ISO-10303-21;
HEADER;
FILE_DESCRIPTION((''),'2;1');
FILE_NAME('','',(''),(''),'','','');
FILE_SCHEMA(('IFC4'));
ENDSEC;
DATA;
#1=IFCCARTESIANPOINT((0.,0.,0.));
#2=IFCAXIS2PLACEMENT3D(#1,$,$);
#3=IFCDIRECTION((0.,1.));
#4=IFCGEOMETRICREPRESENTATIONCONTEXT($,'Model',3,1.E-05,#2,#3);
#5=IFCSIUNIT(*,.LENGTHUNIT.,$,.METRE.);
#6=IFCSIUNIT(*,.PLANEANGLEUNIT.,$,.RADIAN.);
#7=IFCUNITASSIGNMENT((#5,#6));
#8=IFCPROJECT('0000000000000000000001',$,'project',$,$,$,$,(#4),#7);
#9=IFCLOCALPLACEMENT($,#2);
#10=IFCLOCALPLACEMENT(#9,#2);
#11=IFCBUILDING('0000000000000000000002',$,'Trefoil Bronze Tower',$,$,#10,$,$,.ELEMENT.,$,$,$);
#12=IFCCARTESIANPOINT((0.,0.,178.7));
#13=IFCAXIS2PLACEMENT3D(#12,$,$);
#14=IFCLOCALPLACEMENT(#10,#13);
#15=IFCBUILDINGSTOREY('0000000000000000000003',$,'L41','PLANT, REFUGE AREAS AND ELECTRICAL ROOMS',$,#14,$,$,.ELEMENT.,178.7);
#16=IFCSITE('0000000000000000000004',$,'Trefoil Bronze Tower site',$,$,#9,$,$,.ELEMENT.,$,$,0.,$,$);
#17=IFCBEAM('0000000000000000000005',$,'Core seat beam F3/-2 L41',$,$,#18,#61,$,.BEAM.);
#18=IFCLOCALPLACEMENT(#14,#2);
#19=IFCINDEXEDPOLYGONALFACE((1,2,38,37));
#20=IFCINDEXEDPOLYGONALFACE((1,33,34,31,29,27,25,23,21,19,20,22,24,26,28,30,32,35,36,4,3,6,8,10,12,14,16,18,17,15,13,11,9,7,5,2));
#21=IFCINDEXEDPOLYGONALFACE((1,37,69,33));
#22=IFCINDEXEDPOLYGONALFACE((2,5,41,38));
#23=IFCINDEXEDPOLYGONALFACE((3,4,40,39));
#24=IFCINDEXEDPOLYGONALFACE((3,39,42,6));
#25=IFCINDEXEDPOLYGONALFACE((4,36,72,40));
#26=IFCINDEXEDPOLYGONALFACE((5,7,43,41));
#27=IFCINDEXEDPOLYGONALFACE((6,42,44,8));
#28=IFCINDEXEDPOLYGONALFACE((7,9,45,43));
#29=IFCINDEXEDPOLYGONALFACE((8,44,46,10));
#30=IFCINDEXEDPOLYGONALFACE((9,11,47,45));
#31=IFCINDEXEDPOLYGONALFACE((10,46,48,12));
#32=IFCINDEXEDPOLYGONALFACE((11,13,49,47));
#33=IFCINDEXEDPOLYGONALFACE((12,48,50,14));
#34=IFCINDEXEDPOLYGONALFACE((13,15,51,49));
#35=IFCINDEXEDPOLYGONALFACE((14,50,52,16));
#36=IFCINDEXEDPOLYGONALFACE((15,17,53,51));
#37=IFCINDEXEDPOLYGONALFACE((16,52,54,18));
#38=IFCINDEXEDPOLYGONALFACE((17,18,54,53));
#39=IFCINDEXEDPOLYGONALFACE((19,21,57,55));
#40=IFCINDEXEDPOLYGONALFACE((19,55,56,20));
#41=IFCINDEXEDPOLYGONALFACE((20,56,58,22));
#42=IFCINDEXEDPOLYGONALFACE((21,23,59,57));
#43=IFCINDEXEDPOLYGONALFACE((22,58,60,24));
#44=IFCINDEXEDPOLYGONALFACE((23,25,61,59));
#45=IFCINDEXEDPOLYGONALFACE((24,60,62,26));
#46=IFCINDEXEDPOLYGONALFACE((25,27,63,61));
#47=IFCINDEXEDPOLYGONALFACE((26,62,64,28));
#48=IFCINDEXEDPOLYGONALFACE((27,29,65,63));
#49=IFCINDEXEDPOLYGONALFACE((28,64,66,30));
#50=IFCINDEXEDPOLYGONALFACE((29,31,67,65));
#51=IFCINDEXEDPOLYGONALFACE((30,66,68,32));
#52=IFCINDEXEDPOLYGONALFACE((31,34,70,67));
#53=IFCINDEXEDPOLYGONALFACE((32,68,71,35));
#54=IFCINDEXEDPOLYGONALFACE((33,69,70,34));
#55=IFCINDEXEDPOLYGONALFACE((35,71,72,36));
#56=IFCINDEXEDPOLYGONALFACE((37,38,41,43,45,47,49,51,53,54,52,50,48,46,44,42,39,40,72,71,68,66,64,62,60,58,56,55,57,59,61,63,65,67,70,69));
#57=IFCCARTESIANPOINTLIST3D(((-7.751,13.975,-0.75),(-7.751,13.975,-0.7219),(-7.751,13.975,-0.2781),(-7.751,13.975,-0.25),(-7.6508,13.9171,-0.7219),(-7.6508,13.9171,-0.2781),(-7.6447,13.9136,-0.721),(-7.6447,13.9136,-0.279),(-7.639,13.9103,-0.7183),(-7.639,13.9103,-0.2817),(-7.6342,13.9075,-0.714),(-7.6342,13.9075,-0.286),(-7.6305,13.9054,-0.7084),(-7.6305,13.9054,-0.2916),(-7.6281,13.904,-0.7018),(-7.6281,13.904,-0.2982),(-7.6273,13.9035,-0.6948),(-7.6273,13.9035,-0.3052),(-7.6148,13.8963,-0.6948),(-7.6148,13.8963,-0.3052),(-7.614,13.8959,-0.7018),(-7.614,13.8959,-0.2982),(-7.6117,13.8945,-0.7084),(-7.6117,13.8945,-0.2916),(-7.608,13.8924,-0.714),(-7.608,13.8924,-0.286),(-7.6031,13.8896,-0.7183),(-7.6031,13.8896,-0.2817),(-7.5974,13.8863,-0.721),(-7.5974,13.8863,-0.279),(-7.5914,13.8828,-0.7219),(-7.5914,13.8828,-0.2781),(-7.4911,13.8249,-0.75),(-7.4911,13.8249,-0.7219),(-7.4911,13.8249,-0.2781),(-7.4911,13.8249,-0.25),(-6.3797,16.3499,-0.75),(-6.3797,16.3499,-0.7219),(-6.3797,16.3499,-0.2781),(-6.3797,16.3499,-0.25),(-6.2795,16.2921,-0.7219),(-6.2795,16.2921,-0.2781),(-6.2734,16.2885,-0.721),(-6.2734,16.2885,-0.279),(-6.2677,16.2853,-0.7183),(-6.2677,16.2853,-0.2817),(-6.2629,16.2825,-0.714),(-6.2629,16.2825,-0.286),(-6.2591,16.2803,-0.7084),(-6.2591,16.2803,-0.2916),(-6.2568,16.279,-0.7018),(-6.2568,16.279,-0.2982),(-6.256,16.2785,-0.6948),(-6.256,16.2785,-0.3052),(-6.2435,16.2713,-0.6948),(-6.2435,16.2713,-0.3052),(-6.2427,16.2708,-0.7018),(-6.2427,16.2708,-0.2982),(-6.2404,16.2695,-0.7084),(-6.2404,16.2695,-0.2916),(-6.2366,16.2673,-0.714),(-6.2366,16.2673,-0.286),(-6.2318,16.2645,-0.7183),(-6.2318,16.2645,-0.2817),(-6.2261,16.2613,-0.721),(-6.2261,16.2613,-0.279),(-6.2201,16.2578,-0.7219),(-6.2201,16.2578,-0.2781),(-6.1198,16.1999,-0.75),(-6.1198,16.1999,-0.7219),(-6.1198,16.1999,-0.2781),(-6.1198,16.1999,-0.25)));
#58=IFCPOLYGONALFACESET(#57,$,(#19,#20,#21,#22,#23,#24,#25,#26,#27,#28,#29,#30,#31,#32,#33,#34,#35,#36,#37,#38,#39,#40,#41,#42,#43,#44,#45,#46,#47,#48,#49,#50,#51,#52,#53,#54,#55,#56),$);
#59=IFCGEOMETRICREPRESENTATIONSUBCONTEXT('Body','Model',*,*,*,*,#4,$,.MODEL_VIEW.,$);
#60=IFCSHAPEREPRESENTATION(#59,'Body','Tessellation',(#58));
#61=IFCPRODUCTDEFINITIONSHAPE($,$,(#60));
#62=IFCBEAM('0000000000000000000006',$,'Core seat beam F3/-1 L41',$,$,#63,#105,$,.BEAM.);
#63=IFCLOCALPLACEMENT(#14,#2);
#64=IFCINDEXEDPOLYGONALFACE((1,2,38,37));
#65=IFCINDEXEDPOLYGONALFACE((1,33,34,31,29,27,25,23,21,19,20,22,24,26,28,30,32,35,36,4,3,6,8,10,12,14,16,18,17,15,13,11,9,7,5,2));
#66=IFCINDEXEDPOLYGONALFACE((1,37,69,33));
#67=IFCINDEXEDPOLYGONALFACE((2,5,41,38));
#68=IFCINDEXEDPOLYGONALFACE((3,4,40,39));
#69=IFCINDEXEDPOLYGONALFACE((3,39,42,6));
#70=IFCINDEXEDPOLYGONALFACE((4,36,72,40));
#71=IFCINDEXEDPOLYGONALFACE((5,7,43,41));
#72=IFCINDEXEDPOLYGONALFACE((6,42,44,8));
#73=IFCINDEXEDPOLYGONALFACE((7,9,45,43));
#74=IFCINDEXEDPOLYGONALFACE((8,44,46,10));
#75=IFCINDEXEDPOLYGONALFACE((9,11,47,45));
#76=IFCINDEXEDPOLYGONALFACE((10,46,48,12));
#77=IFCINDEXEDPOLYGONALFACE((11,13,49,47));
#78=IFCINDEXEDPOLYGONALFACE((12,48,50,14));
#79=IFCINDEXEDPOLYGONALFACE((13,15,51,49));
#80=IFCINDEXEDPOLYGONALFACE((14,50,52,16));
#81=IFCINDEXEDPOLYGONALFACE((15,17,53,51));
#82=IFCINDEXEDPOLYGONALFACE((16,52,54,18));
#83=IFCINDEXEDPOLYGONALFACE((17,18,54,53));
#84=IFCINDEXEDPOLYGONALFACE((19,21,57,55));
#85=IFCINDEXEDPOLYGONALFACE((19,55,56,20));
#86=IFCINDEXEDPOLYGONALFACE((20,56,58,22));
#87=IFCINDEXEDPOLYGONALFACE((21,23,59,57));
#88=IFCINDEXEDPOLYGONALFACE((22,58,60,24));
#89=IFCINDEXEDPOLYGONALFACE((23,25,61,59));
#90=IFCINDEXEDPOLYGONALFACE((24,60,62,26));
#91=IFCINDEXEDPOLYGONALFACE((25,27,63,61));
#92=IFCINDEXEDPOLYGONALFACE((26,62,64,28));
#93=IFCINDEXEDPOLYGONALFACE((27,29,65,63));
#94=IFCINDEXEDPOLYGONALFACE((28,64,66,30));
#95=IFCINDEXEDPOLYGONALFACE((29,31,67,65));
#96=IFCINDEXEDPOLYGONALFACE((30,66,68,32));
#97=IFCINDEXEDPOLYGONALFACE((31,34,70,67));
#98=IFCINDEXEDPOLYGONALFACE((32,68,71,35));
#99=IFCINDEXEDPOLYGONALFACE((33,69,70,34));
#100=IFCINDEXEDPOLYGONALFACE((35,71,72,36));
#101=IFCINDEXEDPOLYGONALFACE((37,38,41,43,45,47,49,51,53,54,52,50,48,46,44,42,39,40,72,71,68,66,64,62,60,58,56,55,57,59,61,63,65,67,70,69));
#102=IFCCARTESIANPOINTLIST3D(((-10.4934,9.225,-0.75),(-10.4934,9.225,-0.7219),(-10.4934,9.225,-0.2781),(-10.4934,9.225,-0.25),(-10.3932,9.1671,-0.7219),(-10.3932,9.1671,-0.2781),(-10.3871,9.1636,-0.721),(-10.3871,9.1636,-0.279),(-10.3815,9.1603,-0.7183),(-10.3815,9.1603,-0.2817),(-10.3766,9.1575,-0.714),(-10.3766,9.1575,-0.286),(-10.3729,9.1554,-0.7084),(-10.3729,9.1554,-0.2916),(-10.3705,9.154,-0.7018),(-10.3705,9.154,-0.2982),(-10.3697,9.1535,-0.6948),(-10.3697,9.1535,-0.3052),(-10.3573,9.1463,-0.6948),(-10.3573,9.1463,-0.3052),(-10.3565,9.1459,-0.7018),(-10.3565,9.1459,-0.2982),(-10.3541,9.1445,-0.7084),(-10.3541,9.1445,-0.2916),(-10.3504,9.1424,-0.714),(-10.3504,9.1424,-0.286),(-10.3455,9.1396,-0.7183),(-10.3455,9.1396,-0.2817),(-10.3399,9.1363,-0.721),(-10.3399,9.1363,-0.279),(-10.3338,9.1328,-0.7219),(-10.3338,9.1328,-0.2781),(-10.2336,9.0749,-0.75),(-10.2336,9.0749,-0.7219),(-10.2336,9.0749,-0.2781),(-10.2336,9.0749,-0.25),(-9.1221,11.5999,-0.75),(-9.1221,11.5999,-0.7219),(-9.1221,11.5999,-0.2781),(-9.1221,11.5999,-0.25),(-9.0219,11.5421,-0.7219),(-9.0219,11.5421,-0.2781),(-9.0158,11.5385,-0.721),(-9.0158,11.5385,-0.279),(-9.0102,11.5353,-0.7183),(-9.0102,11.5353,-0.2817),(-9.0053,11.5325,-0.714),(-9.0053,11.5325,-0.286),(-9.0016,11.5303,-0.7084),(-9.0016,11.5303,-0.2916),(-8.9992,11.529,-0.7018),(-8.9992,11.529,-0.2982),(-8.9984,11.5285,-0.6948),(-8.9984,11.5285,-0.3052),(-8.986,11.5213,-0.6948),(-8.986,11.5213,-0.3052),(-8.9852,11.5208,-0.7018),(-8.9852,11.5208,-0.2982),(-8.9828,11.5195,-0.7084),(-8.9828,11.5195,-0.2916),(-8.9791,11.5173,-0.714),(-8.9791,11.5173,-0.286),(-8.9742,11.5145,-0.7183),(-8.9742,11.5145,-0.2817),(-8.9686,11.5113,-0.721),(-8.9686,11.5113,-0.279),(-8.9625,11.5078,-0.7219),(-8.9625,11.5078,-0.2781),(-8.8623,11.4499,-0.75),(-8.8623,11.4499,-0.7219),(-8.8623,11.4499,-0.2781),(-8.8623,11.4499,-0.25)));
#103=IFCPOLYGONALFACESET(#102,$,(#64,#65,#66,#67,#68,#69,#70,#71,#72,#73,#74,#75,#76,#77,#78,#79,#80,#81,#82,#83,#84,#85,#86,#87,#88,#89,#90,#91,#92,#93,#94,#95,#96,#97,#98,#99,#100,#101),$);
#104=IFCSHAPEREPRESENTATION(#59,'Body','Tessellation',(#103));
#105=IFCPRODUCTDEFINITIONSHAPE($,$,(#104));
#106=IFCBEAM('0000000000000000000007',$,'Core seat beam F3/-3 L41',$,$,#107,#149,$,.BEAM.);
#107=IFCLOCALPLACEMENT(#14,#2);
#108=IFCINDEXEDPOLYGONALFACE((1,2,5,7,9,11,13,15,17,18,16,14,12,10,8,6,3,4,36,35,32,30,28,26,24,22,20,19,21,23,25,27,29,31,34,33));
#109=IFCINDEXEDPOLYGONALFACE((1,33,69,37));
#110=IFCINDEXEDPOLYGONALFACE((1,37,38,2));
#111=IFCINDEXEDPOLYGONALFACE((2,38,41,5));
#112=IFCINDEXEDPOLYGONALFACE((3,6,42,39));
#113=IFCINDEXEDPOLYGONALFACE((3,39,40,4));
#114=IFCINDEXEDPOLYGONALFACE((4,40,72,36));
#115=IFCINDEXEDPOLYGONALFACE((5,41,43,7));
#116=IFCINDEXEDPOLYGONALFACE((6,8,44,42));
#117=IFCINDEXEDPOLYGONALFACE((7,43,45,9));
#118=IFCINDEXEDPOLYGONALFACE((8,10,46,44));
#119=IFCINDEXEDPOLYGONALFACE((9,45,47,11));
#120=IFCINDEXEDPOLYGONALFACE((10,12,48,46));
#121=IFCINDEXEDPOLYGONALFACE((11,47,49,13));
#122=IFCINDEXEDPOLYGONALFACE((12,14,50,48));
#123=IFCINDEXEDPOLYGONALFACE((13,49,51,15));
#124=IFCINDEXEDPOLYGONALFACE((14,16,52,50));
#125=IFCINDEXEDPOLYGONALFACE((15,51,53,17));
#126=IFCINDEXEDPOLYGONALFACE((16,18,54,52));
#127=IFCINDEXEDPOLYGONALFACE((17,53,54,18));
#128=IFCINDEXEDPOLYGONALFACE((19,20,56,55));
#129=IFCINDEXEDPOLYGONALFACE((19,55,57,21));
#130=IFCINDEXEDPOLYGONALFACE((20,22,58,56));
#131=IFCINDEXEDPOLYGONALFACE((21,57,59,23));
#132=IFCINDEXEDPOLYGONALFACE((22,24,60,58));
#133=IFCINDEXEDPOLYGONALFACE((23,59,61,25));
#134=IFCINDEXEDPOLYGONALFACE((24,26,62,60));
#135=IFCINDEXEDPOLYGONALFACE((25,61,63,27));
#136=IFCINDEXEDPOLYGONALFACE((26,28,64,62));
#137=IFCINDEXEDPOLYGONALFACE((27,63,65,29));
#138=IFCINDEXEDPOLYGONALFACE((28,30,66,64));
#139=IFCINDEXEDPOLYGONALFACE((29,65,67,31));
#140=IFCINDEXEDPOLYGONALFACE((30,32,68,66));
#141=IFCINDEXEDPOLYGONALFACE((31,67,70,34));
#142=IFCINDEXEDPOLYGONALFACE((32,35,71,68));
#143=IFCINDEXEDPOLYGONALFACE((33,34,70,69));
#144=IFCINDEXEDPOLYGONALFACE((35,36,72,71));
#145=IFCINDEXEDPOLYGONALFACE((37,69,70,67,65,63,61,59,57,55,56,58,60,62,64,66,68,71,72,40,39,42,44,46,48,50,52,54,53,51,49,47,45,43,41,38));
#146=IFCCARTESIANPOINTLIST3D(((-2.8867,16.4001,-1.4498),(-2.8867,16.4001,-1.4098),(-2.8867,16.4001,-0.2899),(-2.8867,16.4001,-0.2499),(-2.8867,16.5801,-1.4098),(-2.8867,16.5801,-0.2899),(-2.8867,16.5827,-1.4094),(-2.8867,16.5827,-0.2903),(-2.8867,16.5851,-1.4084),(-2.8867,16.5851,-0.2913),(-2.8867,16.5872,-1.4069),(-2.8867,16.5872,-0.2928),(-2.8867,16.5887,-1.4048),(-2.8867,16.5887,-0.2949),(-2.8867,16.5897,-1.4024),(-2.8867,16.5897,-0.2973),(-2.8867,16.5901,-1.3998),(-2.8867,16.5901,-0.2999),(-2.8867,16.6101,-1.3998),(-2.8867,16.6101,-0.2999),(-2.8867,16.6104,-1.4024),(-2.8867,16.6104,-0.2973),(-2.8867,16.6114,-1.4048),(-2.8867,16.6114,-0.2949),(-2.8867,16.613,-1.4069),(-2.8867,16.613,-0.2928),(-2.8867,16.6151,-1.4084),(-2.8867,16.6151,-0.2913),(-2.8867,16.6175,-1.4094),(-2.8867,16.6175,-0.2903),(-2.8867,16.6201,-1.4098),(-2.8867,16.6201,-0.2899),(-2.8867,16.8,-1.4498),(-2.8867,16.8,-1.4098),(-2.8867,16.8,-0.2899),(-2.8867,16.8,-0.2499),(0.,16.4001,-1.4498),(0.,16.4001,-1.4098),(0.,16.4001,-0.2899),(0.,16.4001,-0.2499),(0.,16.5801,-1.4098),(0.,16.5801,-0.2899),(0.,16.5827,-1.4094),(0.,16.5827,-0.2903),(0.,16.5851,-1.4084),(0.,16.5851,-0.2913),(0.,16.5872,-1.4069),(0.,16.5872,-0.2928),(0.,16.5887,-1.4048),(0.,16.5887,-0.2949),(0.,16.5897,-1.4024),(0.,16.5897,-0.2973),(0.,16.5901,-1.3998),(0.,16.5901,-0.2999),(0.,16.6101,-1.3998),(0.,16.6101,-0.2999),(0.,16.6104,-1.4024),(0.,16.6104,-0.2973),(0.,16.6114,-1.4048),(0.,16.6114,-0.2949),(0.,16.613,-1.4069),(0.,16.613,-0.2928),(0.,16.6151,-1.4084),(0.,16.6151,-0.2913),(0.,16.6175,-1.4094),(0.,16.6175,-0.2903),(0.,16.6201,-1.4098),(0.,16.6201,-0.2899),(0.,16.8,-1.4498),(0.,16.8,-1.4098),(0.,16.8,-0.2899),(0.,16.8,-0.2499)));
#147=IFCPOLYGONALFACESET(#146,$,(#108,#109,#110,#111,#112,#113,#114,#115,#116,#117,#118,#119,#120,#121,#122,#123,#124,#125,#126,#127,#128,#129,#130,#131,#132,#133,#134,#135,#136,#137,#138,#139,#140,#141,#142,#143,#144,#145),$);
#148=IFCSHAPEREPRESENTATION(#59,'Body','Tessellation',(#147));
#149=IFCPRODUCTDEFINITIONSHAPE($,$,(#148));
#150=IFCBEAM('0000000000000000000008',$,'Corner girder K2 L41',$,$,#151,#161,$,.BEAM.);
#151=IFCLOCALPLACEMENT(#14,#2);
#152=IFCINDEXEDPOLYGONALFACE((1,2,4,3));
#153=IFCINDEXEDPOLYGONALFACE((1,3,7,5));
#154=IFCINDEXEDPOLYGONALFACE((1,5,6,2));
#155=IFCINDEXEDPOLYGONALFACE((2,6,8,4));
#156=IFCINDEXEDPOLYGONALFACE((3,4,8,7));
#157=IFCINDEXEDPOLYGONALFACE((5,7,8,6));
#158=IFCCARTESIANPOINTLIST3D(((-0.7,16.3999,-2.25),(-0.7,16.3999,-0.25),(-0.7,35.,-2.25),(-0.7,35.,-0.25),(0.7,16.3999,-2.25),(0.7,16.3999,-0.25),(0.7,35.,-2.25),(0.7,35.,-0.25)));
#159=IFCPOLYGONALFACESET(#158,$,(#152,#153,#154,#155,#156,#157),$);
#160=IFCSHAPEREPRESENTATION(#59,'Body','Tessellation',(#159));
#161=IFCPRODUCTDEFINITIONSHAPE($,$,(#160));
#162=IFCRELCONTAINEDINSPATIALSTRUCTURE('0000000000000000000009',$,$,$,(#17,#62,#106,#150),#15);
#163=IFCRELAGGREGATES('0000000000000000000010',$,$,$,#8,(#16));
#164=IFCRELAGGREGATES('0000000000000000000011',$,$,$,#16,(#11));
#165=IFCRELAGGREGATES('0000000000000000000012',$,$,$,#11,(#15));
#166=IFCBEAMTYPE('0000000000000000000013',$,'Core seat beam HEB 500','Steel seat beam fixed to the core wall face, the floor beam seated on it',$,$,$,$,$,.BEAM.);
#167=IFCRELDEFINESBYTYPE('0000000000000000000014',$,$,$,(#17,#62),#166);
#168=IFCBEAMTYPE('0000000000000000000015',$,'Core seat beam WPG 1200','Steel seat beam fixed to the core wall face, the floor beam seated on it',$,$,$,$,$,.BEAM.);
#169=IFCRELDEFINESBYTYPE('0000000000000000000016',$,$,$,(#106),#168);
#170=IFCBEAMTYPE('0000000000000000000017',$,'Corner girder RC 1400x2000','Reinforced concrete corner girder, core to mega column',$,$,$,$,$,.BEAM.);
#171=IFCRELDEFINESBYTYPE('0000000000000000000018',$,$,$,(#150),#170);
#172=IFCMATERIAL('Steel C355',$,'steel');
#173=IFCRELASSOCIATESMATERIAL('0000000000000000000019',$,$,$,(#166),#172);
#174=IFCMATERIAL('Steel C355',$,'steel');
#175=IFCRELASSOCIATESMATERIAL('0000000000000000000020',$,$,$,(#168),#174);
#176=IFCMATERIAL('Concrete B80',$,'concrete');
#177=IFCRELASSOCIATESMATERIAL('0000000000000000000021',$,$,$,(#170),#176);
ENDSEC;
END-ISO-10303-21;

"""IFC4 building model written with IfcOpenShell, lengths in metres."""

from ifc_helpers import new_model, si_unit, direction, frame, origin, origin_2d, place, context, subcontext, project, spatial, rectangle, i_section, extrude, material, material_profile, profile_set, type_object, element, save


model = new_model("IFC4")

# Units and contexts
model_context = context("Model", 3, precision=1e-05, world=origin(), true_north=direction((0.0, 1.0)))
body_context = subcontext(model_context, "Body", "Model", "MODEL_VIEW")
ifc_project = project(units=[si_unit("LENGTHUNIT", "METRE"), si_unit("PLANEANGLEUNIT", "RADIAN")], contexts=[model_context])

# Site, building, storey
site_placement = place(None, origin())
site = spatial("IfcSite", under=ifc_project, at=site_placement, Name="Trefoil Bronze Tower site", CompositionType="ELEMENT", RefElevation=0.0)
building_placement = place(site_placement, origin())
building = spatial("IfcBuilding", under=site, at=building_placement, Name="Trefoil Bronze Tower", CompositionType="ELEMENT")
storey_placement = place(building_placement, frame((0.0, 0.0, 178.7)))
storey = spatial("IfcBuildingStorey", under=building, at=storey_placement, Name="L41", Description="PLANT, REFUGE AREAS AND ELECTRICAL ROOMS", CompositionType="ELEMENT", Elevation=178.7)

# Beams
ifc_material_1 = material(Name="Steel C355", Category="steel")
ifc_material_profile_1 = material_profile(ifc_material_1, i_section(OverallWidth=0.3, OverallDepth=0.5, WebThickness=0.0144, FlangeThickness=0.0281, FilletRadius=0.0271, at=origin_2d()), Name="HEB 500")
ifc_profile_set_1 = profile_set([ifc_material_profile_1], Name="Steel C355")
beam_type_1 = type_object("IfcBeamType", Name="Core seat beam HEB 500", Description="Steel seat beam fixed to the core wall face, the floor beam seated on it", PredefinedType="BEAM", material=ifc_profile_set_1)
for number, where, z_axis, x_axis, name in (
    (1, (-6.2498, 16.2749, -0.5), (-0.500036, -0.866005, 0.0), (0.866005, -0.500036, 0.0), "Core seat beam F3/-2 L41"),
    (2, (-8.9922, 11.5249, -0.5), (-0.500036, -0.866005, 0.0), (0.866005, -0.500036, 0.0), "Core seat beam F3/-1 L41"),
):
    element("IfcBeam", number, at=place(storey_placement, frame(where, z_axis=z_axis, x_axis=x_axis)), inside=storey, type_object=beam_type_1, Name=name, PredefinedType="BEAM", context=body_context, shape_type="SweptSolid", body=[
        extrude(i_section(OverallWidth=0.3, OverallDepth=0.5, WebThickness=0.0144, FlangeThickness=0.0281, FilletRadius=0.0271, at=origin_2d()), origin(), (0.0, 0.0, 1.0), 2.7424),
    ])
ifc_material_2 = material(Name="Steel C355", Category="steel")
ifc_material_profile_2 = material_profile(ifc_material_2, i_section(OverallWidth=0.3999, OverallDepth=1.2, WebThickness=0.02, FlangeThickness=0.04, FilletRadius=0.01, at=origin_2d()), Name="WPG 1200")
ifc_profile_set_2 = profile_set([ifc_material_profile_2], Name="Steel C355")
beam_type_2 = type_object("IfcBeamType", Name="Core seat beam WPG 1200", Description="Steel seat beam fixed to the core wall face, the floor beam seated on it", PredefinedType="BEAM", material=ifc_profile_set_2)
beam_1_placement = place(storey_placement, frame((0.0, 16.6001, -0.8499), z_axis=(-1.0, 0.0, 0.0), x_axis=(0.0, -1.0, 0.0)))
element("IfcBeam", 3, at=beam_1_placement, inside=storey, type_object=beam_type_2, Name="Core seat beam F3/-3 L41", PredefinedType="BEAM", context=body_context, shape_type="SweptSolid", body=[
    extrude(i_section(OverallWidth=0.3999, OverallDepth=1.2, WebThickness=0.02, FlangeThickness=0.04, FilletRadius=0.01, at=origin_2d()), origin(), (0.0, 0.0, 1.0), 2.8867),
])
ifc_material_3 = material(Name="Concrete B80", Category="concrete")
ifc_material_profile_3 = material_profile(ifc_material_3, rectangle(XDim=1.3999, YDim=2.0, at=origin_2d()), Name="RC 1400x2000")
ifc_profile_set_3 = profile_set([ifc_material_profile_3], Name="Concrete B80")
beam_type_3 = type_object("IfcBeamType", Name="Corner girder RC 1400x2000", Description="Reinforced concrete corner girder, core to mega column", PredefinedType="BEAM", material=ifc_profile_set_3)
beam_2_placement = place(storey_placement, frame((0.0, 16.3999, -1.25), z_axis=(0.0, 1.0, 0.0), x_axis=(-1.0, 0.0, 0.0)))
element("IfcBeam", 4, at=beam_2_placement, inside=storey, type_object=beam_type_3, Name="Corner girder K2 L41", PredefinedType="BEAM", context=body_context, shape_type="SweptSolid", body=[
    extrude(rectangle(XDim=1.3999, YDim=2.0, at=origin_2d()), origin(), (0.0, 0.0, 1.0), 18.6001),
])

save(model, "model.ifc")
